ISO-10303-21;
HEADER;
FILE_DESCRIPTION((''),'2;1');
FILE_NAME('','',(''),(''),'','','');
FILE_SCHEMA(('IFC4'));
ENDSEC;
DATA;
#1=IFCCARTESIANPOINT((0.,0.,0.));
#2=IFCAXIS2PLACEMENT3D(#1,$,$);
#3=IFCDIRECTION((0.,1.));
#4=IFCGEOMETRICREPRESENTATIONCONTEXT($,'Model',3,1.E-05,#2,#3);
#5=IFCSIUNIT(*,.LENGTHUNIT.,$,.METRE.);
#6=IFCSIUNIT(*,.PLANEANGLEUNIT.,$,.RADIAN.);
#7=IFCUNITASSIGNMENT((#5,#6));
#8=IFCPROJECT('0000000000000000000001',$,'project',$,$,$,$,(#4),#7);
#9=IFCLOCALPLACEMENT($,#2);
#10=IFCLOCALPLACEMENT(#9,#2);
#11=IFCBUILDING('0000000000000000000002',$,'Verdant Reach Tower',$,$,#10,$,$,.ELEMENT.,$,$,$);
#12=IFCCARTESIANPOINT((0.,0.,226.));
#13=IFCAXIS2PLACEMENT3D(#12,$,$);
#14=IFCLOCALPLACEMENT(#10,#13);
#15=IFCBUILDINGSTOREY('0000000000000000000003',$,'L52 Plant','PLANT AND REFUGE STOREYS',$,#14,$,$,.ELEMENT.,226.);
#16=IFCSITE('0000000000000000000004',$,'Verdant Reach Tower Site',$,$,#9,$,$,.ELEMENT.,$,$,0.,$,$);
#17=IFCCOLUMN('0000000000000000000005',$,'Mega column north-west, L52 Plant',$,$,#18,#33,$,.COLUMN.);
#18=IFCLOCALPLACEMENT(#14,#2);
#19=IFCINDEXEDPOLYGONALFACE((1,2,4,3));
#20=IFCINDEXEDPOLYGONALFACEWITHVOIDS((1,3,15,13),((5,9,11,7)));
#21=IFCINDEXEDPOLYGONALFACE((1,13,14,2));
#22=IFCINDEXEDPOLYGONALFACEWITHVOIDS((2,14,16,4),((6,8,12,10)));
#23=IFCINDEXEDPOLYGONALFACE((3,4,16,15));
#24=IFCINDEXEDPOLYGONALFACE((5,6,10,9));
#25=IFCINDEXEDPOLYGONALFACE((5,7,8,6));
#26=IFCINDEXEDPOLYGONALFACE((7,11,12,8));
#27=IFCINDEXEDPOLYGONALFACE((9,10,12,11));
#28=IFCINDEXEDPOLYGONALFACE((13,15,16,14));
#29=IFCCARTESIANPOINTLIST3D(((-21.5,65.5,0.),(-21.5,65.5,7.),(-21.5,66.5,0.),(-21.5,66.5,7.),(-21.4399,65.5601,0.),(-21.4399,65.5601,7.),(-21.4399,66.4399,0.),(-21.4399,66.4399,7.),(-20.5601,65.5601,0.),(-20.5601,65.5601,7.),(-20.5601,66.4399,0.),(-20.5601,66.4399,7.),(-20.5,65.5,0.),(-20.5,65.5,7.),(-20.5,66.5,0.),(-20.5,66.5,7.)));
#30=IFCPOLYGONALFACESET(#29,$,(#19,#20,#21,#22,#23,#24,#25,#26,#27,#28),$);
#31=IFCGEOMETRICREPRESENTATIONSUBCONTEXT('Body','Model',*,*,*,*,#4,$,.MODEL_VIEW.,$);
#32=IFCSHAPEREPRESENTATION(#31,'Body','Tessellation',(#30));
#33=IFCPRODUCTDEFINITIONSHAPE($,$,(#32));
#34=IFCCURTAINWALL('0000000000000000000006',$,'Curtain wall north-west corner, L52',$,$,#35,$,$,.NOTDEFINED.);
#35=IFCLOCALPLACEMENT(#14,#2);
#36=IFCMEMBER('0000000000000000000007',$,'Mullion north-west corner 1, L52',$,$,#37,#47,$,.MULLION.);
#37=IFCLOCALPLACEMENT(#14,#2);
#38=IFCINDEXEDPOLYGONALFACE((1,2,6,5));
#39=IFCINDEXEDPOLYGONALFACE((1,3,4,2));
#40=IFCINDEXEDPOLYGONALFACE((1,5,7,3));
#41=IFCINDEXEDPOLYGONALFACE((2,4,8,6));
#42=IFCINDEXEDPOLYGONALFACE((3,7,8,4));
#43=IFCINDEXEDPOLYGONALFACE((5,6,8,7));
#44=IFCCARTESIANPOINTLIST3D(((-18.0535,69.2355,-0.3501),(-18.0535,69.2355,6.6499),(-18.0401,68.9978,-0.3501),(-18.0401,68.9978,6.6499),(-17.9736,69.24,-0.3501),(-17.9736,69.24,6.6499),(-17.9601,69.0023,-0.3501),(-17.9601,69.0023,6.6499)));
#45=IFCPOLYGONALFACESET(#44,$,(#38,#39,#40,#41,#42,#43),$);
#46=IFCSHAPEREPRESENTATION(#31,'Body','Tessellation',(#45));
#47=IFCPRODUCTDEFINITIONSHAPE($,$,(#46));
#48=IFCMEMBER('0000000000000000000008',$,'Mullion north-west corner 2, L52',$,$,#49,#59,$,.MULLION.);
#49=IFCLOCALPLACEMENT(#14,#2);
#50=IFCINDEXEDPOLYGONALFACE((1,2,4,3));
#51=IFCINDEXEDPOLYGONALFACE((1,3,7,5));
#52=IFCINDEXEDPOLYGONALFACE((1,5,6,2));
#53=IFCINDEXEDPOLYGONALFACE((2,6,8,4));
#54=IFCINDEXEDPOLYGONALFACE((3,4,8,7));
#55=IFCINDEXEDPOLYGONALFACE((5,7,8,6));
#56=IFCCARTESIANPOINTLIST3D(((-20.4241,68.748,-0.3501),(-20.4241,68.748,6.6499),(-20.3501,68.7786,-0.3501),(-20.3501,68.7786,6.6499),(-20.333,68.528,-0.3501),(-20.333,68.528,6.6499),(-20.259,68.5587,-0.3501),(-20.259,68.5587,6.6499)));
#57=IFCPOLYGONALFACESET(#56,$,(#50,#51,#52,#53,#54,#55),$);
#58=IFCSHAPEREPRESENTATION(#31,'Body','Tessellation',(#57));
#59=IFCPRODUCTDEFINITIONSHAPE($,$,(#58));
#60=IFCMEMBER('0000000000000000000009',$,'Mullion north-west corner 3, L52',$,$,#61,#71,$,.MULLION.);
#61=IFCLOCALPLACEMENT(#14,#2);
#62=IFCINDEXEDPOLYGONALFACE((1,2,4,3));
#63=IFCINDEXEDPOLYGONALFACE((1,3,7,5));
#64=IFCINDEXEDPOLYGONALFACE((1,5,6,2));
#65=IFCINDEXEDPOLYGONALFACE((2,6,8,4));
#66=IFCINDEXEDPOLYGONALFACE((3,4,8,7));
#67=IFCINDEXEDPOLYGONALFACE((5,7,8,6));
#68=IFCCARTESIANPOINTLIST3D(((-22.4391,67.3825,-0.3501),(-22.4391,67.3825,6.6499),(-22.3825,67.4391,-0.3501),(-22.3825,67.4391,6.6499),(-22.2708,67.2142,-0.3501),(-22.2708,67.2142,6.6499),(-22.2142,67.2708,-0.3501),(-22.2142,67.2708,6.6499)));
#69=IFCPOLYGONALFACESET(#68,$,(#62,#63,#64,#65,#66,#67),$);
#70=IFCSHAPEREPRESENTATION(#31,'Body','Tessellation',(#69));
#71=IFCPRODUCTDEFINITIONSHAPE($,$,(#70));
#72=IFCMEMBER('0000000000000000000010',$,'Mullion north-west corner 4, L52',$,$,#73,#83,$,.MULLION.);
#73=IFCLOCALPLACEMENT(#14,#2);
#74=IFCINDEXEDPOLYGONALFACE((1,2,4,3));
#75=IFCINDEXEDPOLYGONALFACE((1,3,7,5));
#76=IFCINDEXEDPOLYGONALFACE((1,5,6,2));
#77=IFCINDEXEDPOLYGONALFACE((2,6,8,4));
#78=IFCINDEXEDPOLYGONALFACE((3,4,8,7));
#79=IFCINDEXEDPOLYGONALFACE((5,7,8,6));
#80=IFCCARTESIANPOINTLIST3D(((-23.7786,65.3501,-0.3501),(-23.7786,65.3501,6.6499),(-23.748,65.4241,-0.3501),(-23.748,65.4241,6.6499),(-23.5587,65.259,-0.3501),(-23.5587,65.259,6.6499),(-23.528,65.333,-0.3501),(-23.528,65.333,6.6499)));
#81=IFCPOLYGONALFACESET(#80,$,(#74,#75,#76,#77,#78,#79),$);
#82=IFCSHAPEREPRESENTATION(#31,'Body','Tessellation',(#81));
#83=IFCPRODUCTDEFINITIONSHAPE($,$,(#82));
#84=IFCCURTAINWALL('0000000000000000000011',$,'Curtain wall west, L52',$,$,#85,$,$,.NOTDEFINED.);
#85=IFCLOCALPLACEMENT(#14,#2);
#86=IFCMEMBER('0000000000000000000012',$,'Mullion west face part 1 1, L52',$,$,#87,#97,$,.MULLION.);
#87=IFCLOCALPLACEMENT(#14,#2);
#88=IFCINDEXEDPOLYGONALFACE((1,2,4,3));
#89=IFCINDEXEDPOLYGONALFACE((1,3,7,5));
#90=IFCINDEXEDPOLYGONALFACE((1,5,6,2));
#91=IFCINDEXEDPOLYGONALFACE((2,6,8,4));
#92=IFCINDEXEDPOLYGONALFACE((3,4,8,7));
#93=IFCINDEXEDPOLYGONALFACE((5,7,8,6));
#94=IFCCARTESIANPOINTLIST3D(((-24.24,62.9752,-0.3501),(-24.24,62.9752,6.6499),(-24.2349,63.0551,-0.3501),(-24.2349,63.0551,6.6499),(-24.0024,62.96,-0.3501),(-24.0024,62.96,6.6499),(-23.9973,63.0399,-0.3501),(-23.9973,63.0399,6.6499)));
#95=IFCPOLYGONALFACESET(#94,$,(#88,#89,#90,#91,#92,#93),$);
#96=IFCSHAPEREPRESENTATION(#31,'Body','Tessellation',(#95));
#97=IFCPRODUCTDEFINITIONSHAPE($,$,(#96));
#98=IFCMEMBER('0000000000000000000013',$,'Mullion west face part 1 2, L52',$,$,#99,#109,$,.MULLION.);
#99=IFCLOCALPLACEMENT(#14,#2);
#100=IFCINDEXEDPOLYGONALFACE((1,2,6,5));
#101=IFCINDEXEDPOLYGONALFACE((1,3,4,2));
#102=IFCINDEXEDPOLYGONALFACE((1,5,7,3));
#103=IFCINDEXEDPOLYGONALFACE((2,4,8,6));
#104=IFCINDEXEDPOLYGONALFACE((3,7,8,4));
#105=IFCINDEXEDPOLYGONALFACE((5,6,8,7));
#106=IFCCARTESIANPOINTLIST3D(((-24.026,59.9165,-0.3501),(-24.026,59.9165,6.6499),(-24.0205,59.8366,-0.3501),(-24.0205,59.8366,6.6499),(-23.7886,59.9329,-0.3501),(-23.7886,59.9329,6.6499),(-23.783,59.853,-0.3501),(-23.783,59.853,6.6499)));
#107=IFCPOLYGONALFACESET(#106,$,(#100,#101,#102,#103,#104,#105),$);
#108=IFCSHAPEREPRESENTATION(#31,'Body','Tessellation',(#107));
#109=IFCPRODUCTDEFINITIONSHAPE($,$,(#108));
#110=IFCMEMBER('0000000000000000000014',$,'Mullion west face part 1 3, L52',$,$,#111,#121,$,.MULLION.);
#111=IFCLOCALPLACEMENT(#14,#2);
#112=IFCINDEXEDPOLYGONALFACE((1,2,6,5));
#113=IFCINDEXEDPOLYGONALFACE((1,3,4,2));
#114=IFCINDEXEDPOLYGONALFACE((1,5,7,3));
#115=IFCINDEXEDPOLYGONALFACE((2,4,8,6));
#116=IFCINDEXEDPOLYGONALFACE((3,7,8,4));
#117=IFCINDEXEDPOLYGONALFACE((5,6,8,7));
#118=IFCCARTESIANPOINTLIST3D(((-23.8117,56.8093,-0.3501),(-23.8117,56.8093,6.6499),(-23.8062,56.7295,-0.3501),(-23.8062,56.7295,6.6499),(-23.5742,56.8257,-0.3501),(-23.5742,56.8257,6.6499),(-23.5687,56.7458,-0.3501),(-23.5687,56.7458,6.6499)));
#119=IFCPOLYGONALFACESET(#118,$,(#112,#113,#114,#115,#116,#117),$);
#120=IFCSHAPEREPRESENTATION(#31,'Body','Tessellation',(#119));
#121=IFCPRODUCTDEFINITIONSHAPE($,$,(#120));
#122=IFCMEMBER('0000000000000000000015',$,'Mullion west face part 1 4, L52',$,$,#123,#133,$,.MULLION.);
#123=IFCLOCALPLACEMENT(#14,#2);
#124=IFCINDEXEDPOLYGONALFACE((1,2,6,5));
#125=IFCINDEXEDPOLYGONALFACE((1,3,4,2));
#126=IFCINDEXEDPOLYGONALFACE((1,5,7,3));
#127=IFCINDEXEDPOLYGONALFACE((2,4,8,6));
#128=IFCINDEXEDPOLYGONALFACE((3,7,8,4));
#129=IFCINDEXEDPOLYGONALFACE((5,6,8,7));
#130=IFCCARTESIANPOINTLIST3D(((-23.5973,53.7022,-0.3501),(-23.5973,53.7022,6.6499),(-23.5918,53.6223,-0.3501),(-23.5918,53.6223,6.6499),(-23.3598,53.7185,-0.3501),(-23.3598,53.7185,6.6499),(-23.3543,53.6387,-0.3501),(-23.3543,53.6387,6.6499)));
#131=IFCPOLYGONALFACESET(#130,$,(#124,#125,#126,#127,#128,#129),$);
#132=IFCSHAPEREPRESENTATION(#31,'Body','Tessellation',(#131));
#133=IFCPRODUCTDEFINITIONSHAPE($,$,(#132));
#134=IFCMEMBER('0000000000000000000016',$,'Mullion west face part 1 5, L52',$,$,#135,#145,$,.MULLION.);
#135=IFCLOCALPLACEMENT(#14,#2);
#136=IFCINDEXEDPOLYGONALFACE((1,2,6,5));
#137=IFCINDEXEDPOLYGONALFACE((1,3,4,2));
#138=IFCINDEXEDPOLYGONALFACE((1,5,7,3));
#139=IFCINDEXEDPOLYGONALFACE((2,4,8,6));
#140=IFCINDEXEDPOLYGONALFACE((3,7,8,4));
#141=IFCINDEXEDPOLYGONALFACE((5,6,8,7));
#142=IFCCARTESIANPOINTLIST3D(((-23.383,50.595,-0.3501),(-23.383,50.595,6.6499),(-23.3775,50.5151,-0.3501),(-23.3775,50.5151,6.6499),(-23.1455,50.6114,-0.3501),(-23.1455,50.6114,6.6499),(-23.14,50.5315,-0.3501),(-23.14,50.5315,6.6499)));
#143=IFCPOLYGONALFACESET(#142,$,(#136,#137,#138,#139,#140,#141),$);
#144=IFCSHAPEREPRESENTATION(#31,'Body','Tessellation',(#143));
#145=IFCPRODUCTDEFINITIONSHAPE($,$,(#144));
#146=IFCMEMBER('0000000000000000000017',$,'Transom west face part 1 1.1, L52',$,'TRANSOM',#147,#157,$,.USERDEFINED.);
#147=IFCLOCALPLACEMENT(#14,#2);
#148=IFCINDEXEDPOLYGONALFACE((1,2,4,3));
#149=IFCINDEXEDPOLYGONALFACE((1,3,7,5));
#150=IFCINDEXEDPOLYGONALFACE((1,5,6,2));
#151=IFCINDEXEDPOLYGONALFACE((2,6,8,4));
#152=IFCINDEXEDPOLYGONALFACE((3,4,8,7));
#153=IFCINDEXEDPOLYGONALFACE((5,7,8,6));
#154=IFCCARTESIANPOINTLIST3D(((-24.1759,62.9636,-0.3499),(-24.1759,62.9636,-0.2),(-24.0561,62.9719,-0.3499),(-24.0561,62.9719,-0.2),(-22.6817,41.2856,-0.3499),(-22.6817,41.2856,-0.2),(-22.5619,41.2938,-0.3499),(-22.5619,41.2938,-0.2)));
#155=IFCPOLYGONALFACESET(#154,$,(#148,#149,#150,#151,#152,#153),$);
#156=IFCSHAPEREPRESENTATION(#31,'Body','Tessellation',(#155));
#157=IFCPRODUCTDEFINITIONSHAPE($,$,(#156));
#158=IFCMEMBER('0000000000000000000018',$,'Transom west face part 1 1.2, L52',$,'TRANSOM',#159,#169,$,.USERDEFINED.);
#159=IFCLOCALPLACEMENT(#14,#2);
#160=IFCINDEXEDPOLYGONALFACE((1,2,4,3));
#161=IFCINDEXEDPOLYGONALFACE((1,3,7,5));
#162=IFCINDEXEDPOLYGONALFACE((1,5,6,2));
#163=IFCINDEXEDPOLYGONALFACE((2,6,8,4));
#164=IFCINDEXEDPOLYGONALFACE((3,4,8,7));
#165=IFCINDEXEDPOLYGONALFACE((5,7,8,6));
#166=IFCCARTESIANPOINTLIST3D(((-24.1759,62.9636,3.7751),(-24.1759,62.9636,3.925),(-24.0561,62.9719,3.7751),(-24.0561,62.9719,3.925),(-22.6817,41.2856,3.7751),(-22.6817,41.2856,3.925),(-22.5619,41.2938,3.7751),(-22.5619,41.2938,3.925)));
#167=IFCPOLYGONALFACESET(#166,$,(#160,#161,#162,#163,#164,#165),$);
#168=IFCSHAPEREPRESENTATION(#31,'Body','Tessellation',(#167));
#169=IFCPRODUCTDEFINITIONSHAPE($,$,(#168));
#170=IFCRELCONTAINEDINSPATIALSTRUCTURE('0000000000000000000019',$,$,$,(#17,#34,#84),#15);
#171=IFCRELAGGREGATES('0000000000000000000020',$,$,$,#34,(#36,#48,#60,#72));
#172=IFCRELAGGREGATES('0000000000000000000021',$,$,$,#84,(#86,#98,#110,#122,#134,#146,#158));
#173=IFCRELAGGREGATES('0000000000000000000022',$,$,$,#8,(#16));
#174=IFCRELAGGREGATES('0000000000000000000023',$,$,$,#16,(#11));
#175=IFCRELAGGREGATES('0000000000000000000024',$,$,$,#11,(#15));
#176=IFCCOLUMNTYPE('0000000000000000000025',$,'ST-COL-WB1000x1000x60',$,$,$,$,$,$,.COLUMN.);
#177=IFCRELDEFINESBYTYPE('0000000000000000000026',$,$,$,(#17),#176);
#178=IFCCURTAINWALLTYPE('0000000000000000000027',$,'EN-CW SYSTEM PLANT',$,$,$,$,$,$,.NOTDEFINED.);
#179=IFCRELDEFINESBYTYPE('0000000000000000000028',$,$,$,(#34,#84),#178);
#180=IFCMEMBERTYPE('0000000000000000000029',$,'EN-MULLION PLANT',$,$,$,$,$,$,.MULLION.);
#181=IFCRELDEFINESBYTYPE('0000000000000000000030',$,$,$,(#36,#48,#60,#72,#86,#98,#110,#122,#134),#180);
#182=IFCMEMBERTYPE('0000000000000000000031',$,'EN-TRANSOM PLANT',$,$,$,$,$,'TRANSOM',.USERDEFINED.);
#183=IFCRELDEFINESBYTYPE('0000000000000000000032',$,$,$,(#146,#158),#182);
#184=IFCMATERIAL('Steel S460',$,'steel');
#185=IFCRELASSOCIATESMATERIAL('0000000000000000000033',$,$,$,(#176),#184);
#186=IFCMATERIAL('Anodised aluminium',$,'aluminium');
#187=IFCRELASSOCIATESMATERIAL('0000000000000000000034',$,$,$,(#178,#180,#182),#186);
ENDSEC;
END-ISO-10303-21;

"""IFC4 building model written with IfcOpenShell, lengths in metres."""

from ifc_helpers import new_model, si_unit, direction, frame, origin, origin_2d, place, context, subcontext, project, spatial, rectangle, hollow_rectangle, extrude, material, material_profile, profile_set, type_object, element, aggregate, save


model = new_model("IFC4")

# Units and contexts
model_context = context("Model", 3, precision=1e-05, world=origin(), true_north=direction((0.0, 1.0)))
body_context = subcontext(model_context, "Body", "Model", "MODEL_VIEW")
ifc_project = project(units=[si_unit("LENGTHUNIT", "METRE"), si_unit("PLANEANGLEUNIT", "RADIAN")], contexts=[model_context])

# Site, building, storey
site_placement = place(None, origin())
site = spatial("IfcSite", under=ifc_project, at=site_placement, Name="Verdant Reach Tower Site", CompositionType="ELEMENT", RefElevation=0.0)
building_placement = place(site_placement, origin())
building = spatial("IfcBuilding", under=site, at=building_placement, Name="Verdant Reach Tower", CompositionType="ELEMENT")
storey_placement = place(building_placement, frame((0.0, 0.0, 226.0)))
storey = spatial("IfcBuildingStorey", under=building, at=storey_placement, Name="L52 Plant", Description="PLANT AND REFUGE STOREYS", CompositionType="ELEMENT", Elevation=226.0)

# Column
ifc_material_1 = material(Name="Steel S460", Category="steel")
ifc_material_profile_1 = material_profile(ifc_material_1, hollow_rectangle(XDim=1.0, YDim=1.0, WallThickness=0.0601, at=origin_2d()), Name="WB 1000x1000x60")
ifc_profile_set_1 = profile_set([ifc_material_profile_1], Name="Steel S460")
column_type = type_object("IfcColumnType", Name="ST-COL-WB1000x1000x60", PredefinedType="COLUMN", material=ifc_profile_set_1)
column_placement = place(storey_placement, frame((-21.0, 66.0, 0.0), z_axis=(0.0, 0.0, 1.0), x_axis=(1.0, 0.0, 0.0)))
element("IfcColumn", 1, at=column_placement, inside=storey, type_object=column_type, Name="Mega column north-west, L52 Plant", PredefinedType="COLUMN", context=body_context, shape_type="SweptSolid", body=[
    extrude(hollow_rectangle(XDim=1.0, YDim=1.0, WallThickness=0.0601, at=origin_2d()), origin(), (0.0, 0.0, 1.0), 7.0),
])

# Curtain walls, members
ifc_material_2 = material(Name="Anodised aluminium", Category="aluminium")
curtain_wall_type = type_object("IfcCurtainWallType", Name="EN-CW SYSTEM PLANT", PredefinedType="NOTDEFINED", material=ifc_material_2)
curtain_wall_1_placement = place(storey_placement, origin())
curtain_wall_1 = element("IfcCurtainWall", 2, at=curtain_wall_1_placement, inside=storey, type_object=curtain_wall_type, Name="Curtain wall north-west corner, L52", PredefinedType="NOTDEFINED")
ifc_material_profile_2 = material_profile(ifc_material_2, rectangle(XDim=0.238, YDim=0.0801, at=origin_2d()), Name="Mullion 80x240")
ifc_profile_set_2 = profile_set([ifc_material_profile_2], Name="Anodised aluminium")
member_type_1 = type_object("IfcMemberType", Name="EN-MULLION PLANT", PredefinedType="MULLION", material=ifc_profile_set_2)
member_1_placement = place(storey_placement, frame((-18.0068, 69.1189, -0.3501), z_axis=(0.0, 0.0, 1.0), x_axis=(-0.056569, 0.998399, 0.0)))
member_1 = element("IfcMember", 3, at=member_1_placement, type_object=member_type_1, Name="Mullion north-west corner 1, L52", PredefinedType="MULLION", context=body_context, shape_type="SweptSolid", body=[
    extrude(rectangle(XDim=0.238, YDim=0.0801, at=origin_2d()), origin(), (0.0, 0.0, 1.0), 7.0),
])
member_2_placement = place(storey_placement, frame((-20.3416, 68.6533, -0.3501), z_axis=(0.0, 0.0, 1.0), x_axis=(-0.382694, 0.923875, 0.0)))
member_2 = element("IfcMember", 4, at=member_2_placement, type_object=member_type_1, Name="Mullion north-west corner 2, L52", PredefinedType="MULLION", context=body_context, shape_type="SweptSolid", body=[
    extrude(rectangle(XDim=0.238, YDim=0.0801, at=origin_2d()), origin(), (0.0, 0.0, 1.0), 7.0),
])
member_3_placement = place(storey_placement, frame((-22.3267, 67.3267, -0.3501), z_axis=(0.0, 0.0, 1.0), x_axis=(-0.707107, 0.707107, 0.0)))
member_3 = element("IfcMember", 5, at=member_3_placement, type_object=member_type_1, Name="Mullion north-west corner 3, L52", PredefinedType="MULLION", context=body_context, shape_type="SweptSolid", body=[
    extrude(rectangle(XDim=0.238, YDim=0.0801, at=origin_2d()), origin(), (0.0, 0.0, 1.0), 7.0),
])
member_4_placement = place(storey_placement, frame((-23.6533, 65.3416, -0.3501), z_axis=(0.0, 0.0, 1.0), x_axis=(-0.923875, 0.382694, 0.0)))
member_4 = element("IfcMember", 6, at=member_4_placement, type_object=member_type_1, Name="Mullion north-west corner 4, L52", PredefinedType="MULLION", context=body_context, shape_type="SweptSolid", body=[
    extrude(rectangle(XDim=0.238, YDim=0.0801, at=origin_2d()), origin(), (0.0, 0.0, 1.0), 7.0),
])
curtain_wall_2_placement = place(storey_placement, origin())
curtain_wall_2 = element("IfcCurtainWall", 7, at=curtain_wall_2_placement, inside=storey, type_object=curtain_wall_type, Name="Curtain wall west, L52", PredefinedType="NOTDEFINED")
member_5_placement = place(storey_placement, frame((-24.1187, 63.0076, -0.3501), z_axis=(0.0, 0.0, 1.0), x_axis=(-0.997969, 0.063699, 0.0)))
member_5 = element("IfcMember", 8, at=member_5_placement, type_object=member_type_1, Name="Mullion west face part 1 1, L52", PredefinedType="MULLION", context=body_context, shape_type="SweptSolid", body=[
    extrude(rectangle(XDim=0.238, YDim=0.0801, at=origin_2d()), origin(), (0.0, 0.0, 1.0), 7.0),
])
member_6_placement = place(storey_placement, frame((-23.9045, 59.8848, -0.3501), z_axis=(0.0, 0.0, 1.0), x_axis=(-0.99763, -0.068802, 0.0)))
member_6 = element("IfcMember", 9, at=member_6_placement, type_object=member_type_1, Name="Mullion west face part 1 2, L52", PredefinedType="MULLION", context=body_context, shape_type="SweptSolid", body=[
    extrude(rectangle(XDim=0.238, YDim=0.0801, at=origin_2d()), origin(), (0.0, 0.0, 1.0), 7.0),
])
member_7_placement = place(storey_placement, frame((-23.6902, 56.7776, -0.3501), z_axis=(0.0, 0.0, 1.0), x_axis=(-0.99763, -0.068802, 0.0)))
member_7 = element("IfcMember", 10, at=member_7_placement, type_object=member_type_1, Name="Mullion west face part 1 3, L52", PredefinedType="MULLION", context=body_context, shape_type="SweptSolid", body=[
    extrude(rectangle(XDim=0.238, YDim=0.0801, at=origin_2d()), origin(), (0.0, 0.0, 1.0), 7.0),
])
member_8_placement = place(storey_placement, frame((-23.4758, 53.6704, -0.3501), z_axis=(0.0, 0.0, 1.0), x_axis=(-0.99763, -0.068802, 0.0)))
member_8 = element("IfcMember", 11, at=member_8_placement, type_object=member_type_1, Name="Mullion west face part 1 4, L52", PredefinedType="MULLION", context=body_context, shape_type="SweptSolid", body=[
    extrude(rectangle(XDim=0.238, YDim=0.0801, at=origin_2d()), origin(), (0.0, 0.0, 1.0), 7.0),
])
member_9_placement = place(storey_placement, frame((-23.2615, 50.5632, -0.3501), z_axis=(0.0, 0.0, 1.0), x_axis=(-0.99763, -0.068802, 0.0)))
member_9 = element("IfcMember", 12, at=member_9_placement, type_object=member_type_1, Name="Mullion west face part 1 5, L52", PredefinedType="MULLION", context=body_context, shape_type="SweptSolid", body=[
    extrude(rectangle(XDim=0.238, YDim=0.0801, at=origin_2d()), origin(), (0.0, 0.0, 1.0), 7.0),
])
ifc_material_profile_3 = material_profile(ifc_material_2, rectangle(XDim=0.1201, YDim=0.1499, at=origin_2d()), Name="Transom 150x120")
ifc_profile_set_3 = profile_set([ifc_material_profile_3], Name="Anodised aluminium")
member_type_2 = type_object("IfcMemberType", Name="EN-TRANSOM PLANT", ElementType="TRANSOM", PredefinedType="USERDEFINED", material=ifc_profile_set_3)
member_10_placement = place(storey_placement, frame((-24.116, 62.9678, -0.2749), z_axis=(0.068761, -0.997633, 0.0), x_axis=(0.997633, 0.068761, 0.0)))
member_10 = element("IfcMember", 13, at=member_10_placement, type_object=member_type_2, Name="Transom west face part 1 1.1, L52", ObjectType="TRANSOM", PredefinedType="USERDEFINED", context=body_context, shape_type="SweptSolid", body=[
    extrude(rectangle(XDim=0.1201, YDim=0.1499, at=origin_2d()), origin(), (0.0, 0.0, 1.0), 21.7295),
])
member_11_placement = place(storey_placement, frame((-24.116, 62.9678, 3.8501), z_axis=(0.068761, -0.997633, 0.0), x_axis=(0.997633, 0.068761, 0.0)))
member_11 = element("IfcMember", 14, at=member_11_placement, type_object=member_type_2, Name="Transom west face part 1 1.2, L52", ObjectType="TRANSOM", PredefinedType="USERDEFINED", context=body_context, shape_type="SweptSolid", body=[
    extrude(rectangle(XDim=0.1201, YDim=0.1499, at=origin_2d()), origin(), (0.0, 0.0, 1.0), 21.7295),
])

aggregate(curtain_wall_1, [member_1, member_2, member_3, member_4])
aggregate(curtain_wall_2, [member_5, member_6, member_7, member_8, member_9, member_10, member_11])

save(model, "model.ifc")
